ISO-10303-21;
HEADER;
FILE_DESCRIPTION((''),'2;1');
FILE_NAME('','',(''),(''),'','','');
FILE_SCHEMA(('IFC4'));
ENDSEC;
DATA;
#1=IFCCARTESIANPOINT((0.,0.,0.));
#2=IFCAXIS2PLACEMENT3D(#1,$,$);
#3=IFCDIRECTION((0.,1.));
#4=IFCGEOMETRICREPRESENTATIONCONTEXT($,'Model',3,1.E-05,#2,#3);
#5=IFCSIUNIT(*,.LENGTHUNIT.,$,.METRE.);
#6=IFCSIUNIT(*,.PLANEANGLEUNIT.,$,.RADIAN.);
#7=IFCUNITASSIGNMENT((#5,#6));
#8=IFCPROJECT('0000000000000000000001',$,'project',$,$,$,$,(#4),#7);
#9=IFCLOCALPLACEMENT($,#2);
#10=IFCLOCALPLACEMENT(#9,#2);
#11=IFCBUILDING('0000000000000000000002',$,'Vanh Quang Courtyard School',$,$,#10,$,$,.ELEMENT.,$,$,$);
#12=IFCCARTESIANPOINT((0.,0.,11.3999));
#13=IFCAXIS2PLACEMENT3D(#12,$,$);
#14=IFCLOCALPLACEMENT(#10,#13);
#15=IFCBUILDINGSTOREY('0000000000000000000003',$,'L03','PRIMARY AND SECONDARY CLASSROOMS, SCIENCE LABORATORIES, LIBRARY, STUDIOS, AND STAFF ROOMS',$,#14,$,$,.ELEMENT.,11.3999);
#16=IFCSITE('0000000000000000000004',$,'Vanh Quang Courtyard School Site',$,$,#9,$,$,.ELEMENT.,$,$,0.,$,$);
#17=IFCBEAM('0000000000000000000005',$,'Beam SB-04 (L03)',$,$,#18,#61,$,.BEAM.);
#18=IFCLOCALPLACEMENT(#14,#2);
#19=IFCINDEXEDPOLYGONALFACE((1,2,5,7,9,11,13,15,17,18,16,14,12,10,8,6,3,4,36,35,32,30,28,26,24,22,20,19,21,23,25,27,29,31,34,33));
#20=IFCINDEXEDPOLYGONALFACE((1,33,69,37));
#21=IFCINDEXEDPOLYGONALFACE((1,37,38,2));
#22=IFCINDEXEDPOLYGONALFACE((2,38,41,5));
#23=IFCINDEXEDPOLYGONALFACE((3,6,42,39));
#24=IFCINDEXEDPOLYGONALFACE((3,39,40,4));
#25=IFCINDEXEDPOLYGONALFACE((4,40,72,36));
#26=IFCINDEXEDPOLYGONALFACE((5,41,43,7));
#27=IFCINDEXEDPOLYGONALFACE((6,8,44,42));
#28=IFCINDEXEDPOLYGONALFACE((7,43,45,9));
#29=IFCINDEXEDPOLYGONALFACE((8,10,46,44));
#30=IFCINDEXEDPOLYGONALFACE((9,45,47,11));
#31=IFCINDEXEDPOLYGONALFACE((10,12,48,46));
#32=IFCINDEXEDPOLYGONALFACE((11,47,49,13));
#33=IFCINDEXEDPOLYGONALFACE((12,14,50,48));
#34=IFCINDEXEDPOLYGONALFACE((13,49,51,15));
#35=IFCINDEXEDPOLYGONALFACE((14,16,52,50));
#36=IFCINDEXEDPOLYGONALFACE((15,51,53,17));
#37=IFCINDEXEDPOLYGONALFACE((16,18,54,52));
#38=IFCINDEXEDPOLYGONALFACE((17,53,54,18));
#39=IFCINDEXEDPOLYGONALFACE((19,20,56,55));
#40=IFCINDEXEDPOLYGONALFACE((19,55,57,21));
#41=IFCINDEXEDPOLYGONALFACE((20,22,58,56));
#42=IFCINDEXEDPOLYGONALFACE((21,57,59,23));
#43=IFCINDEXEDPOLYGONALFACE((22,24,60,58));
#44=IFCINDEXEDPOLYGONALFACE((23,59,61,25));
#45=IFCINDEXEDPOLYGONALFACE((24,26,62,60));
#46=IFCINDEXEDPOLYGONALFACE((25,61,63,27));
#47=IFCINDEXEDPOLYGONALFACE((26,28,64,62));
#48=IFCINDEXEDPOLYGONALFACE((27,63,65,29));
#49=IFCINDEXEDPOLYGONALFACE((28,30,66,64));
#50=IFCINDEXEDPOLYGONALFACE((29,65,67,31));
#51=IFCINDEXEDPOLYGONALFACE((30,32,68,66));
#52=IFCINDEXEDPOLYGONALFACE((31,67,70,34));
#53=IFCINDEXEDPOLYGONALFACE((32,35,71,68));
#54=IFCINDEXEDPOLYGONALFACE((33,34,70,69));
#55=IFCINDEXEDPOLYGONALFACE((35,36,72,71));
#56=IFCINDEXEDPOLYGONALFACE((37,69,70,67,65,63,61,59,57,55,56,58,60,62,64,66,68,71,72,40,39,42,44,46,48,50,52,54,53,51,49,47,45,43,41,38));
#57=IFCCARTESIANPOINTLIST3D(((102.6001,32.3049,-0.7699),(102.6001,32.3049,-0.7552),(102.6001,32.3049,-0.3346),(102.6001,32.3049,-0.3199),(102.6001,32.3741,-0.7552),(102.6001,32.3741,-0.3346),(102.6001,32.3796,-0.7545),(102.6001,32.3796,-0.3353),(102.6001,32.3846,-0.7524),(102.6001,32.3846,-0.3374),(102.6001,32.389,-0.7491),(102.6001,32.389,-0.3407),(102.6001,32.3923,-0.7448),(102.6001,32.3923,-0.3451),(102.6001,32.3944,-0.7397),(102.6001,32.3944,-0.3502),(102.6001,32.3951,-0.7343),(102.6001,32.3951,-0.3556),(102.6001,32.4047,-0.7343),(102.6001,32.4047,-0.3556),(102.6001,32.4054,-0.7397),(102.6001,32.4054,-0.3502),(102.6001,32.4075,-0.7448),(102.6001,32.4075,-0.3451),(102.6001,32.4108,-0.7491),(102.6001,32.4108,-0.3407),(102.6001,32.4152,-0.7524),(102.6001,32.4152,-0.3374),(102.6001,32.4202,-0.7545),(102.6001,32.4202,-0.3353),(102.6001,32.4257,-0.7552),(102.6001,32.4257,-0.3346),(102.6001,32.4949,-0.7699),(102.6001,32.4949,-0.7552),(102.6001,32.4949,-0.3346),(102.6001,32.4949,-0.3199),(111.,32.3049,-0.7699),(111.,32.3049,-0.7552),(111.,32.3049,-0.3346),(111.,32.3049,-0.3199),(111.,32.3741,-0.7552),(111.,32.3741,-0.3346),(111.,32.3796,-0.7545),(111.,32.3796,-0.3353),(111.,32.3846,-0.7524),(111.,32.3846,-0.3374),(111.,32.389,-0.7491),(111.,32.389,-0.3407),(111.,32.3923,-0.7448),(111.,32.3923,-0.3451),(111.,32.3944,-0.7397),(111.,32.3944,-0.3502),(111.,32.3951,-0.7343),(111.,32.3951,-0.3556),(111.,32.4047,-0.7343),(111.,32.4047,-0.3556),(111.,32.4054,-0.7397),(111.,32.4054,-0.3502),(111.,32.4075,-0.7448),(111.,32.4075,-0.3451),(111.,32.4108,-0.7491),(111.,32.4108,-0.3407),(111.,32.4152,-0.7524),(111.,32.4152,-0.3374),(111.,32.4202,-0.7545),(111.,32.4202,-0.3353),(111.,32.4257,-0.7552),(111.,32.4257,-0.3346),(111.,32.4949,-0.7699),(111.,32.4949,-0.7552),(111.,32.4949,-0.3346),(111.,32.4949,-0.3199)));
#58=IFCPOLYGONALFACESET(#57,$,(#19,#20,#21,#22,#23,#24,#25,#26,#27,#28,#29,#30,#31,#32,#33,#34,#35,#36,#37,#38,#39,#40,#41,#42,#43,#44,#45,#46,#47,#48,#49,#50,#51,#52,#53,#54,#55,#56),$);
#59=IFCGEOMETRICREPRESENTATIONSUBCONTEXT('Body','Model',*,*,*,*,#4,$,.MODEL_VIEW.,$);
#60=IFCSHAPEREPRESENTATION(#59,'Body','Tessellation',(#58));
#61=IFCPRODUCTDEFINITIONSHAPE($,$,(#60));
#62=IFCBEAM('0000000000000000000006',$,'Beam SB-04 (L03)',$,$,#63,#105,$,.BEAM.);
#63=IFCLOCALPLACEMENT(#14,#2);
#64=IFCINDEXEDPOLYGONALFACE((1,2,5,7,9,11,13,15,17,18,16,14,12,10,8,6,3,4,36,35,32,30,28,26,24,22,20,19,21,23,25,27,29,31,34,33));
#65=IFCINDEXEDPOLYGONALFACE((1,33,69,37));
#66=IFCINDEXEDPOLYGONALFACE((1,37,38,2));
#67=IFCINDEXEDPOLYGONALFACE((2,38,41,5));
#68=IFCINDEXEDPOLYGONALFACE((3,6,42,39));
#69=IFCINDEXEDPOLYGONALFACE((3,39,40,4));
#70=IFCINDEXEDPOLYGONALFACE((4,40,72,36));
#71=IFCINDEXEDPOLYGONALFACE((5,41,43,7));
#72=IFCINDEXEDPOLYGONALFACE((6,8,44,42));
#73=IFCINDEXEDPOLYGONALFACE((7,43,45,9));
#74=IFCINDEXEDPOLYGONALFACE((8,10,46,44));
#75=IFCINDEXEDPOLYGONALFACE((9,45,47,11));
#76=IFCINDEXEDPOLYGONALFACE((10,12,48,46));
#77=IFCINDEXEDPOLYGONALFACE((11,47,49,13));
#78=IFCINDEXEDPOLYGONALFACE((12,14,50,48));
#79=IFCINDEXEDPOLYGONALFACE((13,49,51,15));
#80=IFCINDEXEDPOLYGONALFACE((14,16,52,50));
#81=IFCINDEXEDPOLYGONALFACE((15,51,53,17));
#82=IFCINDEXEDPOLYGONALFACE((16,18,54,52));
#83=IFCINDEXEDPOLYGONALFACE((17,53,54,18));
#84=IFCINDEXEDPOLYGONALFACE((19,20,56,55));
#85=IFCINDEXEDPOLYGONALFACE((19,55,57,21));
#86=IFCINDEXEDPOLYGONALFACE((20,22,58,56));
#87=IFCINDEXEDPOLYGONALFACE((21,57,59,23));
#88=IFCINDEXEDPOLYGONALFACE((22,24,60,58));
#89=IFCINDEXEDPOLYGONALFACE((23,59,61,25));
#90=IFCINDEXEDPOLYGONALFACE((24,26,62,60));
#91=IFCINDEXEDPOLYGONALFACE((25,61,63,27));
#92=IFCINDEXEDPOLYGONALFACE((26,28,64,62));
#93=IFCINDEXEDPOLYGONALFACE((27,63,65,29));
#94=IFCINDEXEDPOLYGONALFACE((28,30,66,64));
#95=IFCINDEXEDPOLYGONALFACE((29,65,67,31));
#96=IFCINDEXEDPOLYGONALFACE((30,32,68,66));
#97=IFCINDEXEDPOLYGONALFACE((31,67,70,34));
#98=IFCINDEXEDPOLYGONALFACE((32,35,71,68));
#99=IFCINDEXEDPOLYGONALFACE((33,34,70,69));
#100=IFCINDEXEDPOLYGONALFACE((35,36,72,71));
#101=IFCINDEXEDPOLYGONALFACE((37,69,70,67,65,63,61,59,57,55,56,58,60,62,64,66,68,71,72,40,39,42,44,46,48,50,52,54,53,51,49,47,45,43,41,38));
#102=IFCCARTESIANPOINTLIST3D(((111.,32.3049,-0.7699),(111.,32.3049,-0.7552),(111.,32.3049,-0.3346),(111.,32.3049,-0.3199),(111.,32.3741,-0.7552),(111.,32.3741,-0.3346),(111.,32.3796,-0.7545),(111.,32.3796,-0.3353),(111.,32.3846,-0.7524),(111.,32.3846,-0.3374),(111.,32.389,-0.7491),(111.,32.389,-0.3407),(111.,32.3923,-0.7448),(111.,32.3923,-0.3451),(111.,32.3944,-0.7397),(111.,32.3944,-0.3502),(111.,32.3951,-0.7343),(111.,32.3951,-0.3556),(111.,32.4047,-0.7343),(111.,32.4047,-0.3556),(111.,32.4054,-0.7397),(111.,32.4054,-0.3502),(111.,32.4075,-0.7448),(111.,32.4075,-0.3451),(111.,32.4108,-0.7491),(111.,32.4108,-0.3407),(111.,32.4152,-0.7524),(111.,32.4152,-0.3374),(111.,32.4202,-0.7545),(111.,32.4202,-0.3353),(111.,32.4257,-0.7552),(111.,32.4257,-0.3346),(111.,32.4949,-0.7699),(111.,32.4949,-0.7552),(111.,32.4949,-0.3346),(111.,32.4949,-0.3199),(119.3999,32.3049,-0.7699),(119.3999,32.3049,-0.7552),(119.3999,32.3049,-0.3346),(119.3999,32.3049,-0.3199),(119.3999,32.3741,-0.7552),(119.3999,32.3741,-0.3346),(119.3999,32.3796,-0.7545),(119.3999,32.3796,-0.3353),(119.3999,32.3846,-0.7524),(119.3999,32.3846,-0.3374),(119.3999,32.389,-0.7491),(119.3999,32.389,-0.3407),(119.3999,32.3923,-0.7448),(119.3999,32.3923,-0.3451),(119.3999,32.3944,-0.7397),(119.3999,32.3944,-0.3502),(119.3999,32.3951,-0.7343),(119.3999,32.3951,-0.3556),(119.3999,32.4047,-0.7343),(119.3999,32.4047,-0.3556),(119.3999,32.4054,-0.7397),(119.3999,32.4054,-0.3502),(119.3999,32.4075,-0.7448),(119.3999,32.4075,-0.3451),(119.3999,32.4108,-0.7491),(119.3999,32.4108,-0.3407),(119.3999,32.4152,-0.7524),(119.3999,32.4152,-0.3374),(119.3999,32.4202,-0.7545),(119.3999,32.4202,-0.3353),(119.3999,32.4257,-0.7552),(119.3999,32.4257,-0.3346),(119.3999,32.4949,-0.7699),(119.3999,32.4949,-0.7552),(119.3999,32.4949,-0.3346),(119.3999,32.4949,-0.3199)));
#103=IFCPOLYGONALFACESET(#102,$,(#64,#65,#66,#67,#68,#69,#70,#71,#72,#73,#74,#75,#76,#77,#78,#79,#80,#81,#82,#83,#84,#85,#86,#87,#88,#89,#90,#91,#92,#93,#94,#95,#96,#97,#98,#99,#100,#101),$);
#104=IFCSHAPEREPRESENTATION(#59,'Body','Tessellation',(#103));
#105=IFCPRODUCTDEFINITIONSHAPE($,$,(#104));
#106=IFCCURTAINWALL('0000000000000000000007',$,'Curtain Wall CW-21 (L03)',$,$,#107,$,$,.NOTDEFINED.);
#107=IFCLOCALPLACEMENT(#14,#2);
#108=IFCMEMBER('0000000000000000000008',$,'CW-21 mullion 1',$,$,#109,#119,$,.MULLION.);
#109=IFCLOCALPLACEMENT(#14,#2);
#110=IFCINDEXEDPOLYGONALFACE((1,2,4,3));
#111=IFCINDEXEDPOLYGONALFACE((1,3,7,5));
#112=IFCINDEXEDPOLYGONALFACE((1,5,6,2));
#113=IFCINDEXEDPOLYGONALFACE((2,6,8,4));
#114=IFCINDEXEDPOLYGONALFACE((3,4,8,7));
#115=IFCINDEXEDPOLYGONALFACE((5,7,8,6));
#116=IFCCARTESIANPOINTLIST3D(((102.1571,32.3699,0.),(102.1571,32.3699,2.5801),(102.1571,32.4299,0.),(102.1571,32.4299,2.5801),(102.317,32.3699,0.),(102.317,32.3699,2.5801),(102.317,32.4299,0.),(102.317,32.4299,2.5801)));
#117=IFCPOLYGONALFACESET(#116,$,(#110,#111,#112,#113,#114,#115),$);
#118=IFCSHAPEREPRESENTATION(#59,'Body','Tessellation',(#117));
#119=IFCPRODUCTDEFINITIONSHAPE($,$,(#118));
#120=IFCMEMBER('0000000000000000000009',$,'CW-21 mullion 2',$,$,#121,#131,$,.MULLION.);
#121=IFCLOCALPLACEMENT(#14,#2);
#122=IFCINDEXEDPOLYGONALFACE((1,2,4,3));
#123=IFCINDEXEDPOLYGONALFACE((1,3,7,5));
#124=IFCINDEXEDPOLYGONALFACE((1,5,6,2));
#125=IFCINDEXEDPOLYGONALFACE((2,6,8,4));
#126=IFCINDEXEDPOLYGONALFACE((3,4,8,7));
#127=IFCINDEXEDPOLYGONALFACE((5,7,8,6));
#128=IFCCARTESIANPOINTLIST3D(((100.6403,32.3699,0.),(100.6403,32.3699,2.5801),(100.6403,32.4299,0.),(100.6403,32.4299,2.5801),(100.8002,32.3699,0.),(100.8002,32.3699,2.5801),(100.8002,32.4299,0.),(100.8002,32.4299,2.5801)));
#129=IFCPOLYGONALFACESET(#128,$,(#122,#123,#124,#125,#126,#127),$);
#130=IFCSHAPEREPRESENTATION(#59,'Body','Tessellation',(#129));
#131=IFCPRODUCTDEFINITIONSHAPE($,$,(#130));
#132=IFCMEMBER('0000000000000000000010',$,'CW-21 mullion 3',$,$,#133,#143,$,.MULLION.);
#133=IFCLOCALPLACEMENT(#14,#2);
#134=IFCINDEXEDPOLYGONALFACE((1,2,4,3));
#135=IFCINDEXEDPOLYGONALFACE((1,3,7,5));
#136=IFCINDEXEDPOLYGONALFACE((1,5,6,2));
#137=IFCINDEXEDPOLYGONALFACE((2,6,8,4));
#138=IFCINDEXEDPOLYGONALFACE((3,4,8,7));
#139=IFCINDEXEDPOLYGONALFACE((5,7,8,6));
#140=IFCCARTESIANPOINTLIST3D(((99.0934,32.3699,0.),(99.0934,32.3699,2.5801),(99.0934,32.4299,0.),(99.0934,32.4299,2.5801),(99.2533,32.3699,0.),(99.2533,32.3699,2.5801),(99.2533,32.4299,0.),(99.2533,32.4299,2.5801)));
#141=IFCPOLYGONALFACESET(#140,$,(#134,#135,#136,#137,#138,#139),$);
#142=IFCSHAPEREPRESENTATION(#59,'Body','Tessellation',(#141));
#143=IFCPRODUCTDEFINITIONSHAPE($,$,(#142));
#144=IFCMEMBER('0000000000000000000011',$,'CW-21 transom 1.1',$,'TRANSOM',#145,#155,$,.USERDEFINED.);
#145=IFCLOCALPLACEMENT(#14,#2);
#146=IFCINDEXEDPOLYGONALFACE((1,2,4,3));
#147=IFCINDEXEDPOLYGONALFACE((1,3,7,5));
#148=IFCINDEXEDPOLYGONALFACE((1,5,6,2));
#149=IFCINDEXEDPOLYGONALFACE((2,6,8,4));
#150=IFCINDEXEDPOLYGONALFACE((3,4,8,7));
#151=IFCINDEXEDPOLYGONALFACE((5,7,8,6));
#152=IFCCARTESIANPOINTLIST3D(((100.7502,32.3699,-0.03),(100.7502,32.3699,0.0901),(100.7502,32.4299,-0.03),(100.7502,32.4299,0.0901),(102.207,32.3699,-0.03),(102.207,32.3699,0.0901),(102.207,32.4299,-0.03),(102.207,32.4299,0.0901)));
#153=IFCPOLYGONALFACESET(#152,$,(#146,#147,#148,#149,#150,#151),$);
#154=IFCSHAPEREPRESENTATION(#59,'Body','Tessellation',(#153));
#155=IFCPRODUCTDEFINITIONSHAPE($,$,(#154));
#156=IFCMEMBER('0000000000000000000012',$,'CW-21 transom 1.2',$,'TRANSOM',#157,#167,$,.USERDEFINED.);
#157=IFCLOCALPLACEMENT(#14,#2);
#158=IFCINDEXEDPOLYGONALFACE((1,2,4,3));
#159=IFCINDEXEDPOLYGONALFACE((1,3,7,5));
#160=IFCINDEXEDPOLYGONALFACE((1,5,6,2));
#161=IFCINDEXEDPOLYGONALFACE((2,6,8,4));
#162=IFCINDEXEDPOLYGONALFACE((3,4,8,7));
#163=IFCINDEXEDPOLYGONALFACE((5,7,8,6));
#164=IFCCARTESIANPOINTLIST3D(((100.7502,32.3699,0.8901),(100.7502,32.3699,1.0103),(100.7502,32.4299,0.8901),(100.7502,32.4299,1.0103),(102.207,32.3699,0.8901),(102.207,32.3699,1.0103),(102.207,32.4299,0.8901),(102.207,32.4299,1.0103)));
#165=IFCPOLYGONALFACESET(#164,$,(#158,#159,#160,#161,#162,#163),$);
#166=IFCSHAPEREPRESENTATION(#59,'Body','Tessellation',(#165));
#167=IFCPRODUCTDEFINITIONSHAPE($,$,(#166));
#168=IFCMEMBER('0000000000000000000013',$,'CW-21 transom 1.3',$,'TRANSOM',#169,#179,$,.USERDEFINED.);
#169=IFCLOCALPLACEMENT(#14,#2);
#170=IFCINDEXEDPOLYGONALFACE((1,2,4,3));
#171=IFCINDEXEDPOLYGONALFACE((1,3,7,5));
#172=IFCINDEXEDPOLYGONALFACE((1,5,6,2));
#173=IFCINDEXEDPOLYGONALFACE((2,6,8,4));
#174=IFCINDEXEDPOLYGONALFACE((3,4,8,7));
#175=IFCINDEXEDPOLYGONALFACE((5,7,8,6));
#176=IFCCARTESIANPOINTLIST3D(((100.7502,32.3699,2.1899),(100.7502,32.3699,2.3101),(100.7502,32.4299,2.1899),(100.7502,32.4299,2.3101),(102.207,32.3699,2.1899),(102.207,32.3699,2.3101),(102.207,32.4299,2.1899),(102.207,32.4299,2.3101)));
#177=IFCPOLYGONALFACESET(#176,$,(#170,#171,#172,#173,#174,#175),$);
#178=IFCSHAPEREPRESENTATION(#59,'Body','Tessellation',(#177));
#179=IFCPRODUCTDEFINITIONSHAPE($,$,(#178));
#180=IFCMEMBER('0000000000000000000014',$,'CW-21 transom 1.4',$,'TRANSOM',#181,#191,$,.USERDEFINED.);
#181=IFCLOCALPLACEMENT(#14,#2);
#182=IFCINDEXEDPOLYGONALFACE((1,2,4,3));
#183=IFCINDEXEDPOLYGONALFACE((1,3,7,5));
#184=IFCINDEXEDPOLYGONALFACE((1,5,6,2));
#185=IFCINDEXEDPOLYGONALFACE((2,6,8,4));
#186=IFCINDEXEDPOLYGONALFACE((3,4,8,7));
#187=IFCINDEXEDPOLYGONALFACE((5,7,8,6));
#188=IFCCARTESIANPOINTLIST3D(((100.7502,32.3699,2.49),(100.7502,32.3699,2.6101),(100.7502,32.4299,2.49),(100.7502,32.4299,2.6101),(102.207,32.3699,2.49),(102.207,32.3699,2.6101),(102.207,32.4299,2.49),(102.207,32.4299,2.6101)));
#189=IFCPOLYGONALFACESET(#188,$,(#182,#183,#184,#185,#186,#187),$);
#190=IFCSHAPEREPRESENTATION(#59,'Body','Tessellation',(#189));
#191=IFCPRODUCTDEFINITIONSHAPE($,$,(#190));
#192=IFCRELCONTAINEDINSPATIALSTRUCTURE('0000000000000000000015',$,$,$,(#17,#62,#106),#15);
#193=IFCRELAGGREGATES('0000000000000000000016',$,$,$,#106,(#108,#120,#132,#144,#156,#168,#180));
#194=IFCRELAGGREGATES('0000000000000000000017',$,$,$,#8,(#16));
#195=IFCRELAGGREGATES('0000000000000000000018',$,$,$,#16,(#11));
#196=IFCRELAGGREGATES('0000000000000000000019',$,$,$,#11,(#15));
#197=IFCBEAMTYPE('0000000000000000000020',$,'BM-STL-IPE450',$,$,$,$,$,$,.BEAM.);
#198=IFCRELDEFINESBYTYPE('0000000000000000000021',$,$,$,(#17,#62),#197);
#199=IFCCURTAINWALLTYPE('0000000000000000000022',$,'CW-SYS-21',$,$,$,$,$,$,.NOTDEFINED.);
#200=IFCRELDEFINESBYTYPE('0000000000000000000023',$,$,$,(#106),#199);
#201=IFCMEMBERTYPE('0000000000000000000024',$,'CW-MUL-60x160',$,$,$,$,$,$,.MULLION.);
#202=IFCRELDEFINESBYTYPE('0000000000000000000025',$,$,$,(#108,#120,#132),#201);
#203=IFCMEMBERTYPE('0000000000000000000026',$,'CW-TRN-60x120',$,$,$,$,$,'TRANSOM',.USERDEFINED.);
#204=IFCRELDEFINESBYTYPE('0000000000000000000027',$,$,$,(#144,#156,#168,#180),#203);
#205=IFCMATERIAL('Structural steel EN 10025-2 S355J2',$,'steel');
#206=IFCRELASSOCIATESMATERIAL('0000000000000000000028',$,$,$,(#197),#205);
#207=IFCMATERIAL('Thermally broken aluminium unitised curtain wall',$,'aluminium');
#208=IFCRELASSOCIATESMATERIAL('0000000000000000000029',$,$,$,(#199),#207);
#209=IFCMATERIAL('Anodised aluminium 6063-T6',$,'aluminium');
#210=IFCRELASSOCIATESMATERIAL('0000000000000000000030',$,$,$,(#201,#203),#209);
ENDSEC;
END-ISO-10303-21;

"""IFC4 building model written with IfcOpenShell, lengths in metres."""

from ifc_helpers import new_model, si_unit, direction, frame, origin, origin_2d, place, context, subcontext, project, spatial, rectangle, i_section, extrude, material, material_profile, profile_set, type_object, element, aggregate, save


model = new_model("IFC4")

# Units and contexts
model_context = context("Model", 3, precision=1e-05, world=origin(), true_north=direction((0.0, 1.0)))
body_context = subcontext(model_context, "Body", "Model", "MODEL_VIEW")
ifc_project = project(units=[si_unit("LENGTHUNIT", "METRE"), si_unit("PLANEANGLEUNIT", "RADIAN")], contexts=[model_context])

# Site, building, storey
site_placement = place(None, origin())
site = spatial("IfcSite", under=ifc_project, at=site_placement, Name="Vanh Quang Courtyard School Site", CompositionType="ELEMENT", RefElevation=0.0)
building_placement = place(site_placement, origin())
building = spatial("IfcBuilding", under=site, at=building_placement, Name="Vanh Quang Courtyard School", CompositionType="ELEMENT")
storey_placement = place(building_placement, frame((0.0, 0.0, 11.3999)))
storey = spatial("IfcBuildingStorey", under=building, at=storey_placement, Name="L03", Description="PRIMARY AND SECONDARY CLASSROOMS, SCIENCE LABORATORIES, LIBRARY, STUDIOS, AND STAFF ROOMS", CompositionType="ELEMENT", Elevation=11.3999)

# Beams
ifc_material_1 = material(Name="Structural steel EN 10025-2 S355J2", Category="steel")
ifc_material_profile_1 = material_profile(ifc_material_1, i_section(OverallWidth=0.1899, OverallDepth=0.45, WebThickness=0.0095, FlangeThickness=0.0146, FilletRadius=0.021, at=origin_2d()), Name="IPE 450")
ifc_profile_set_1 = profile_set([ifc_material_profile_1], Name="Structural steel EN 10025-2 S355J2")
beam_type_1 = type_object("IfcBeamType", Name="BM-STL-IPE450", PredefinedType="BEAM", material=ifc_profile_set_1)
for number, where, z_axis, x_axis, name in (
    (1, (102.6001, 32.3999, -0.5449), (1.0, 0.0, 0.0), (0.0, 1.0, 0.0), "Beam SB-04 (L03)"),
    (2, (111.0, 32.3999, -0.5449), (1.0, 0.0, 0.0), (0.0, 1.0, 0.0), "Beam SB-04 (L03)"),
):
    element("IfcBeam", number, at=place(storey_placement, frame(where, z_axis=z_axis, x_axis=x_axis)), inside=storey, type_object=beam_type_1, Name=name, PredefinedType="BEAM", context=body_context, shape_type="SweptSolid", body=[
        extrude(i_section(OverallWidth=0.1899, OverallDepth=0.45, WebThickness=0.0095, FlangeThickness=0.0146, FilletRadius=0.021, at=origin_2d()), origin(), (0.0, 0.0, 1.0), 8.3999),
    ])

# Curtain wall, members
ifc_material_2 = material(Name="Thermally broken aluminium unitised curtain wall", Category="aluminium")
curtain_wall_type = type_object("IfcCurtainWallType", Name="CW-SYS-21", PredefinedType="NOTDEFINED", material=ifc_material_2)
curtain_wall_placement = place(storey_placement, origin())
curtain_wall = element("IfcCurtainWall", 3, at=curtain_wall_placement, inside=storey, type_object=curtain_wall_type, Name="Curtain Wall CW-21 (L03)", PredefinedType="NOTDEFINED")
ifc_material_3 = material(Name="Anodised aluminium 6063-T6", Category="aluminium")
ifc_material_profile_2 = material_profile(ifc_material_3, rectangle(XDim=0.0601, YDim=0.1599, at=origin_2d()), Name="ALU-MUL 60x160")
ifc_profile_set_2 = profile_set([ifc_material_profile_2], Name="Anodised aluminium 6063-T6")
member_type_1 = type_object("IfcMemberType", Name="CW-MUL-60x160", PredefinedType="MULLION", material=ifc_profile_set_2)
member_1_placement = place(storey_placement, frame((102.2371, 32.3999, 0.0), z_axis=(0.0, 0.0, 1.0), x_axis=(0.0, -1.0, 0.0)))
member_1 = element("IfcMember", 4, at=member_1_placement, type_object=member_type_1, Name="CW-21 mullion 1", PredefinedType="MULLION", context=body_context, shape_type="SweptSolid", body=[
    extrude(rectangle(XDim=0.0601, YDim=0.1599, at=origin_2d()), origin(), (0.0, 0.0, 1.0), 2.5801),
])
member_2_placement = place(storey_placement, frame((100.7202, 32.3999, 0.0), z_axis=(0.0, 0.0, 1.0), x_axis=(0.0, -1.0, 0.0)))
member_2 = element("IfcMember", 5, at=member_2_placement, type_object=member_type_1, Name="CW-21 mullion 2", PredefinedType="MULLION", context=body_context, shape_type="SweptSolid", body=[
    extrude(rectangle(XDim=0.0601, YDim=0.1599, at=origin_2d()), origin(), (0.0, 0.0, 1.0), 2.5801),
])
member_3_placement = place(storey_placement, frame((99.1733, 32.3999, 0.0), z_axis=(0.0, 0.0, 1.0), x_axis=(0.0, -1.0, 0.0)))
member_3 = element("IfcMember", 6, at=member_3_placement, type_object=member_type_1, Name="CW-21 mullion 3", PredefinedType="MULLION", context=body_context, shape_type="SweptSolid", body=[
    extrude(rectangle(XDim=0.0601, YDim=0.1599, at=origin_2d()), origin(), (0.0, 0.0, 1.0), 2.5801),
])
ifc_material_profile_3 = material_profile(ifc_material_3, rectangle(XDim=0.0601, YDim=0.1201, at=origin_2d()), Name="ALU-TRN 60x120")
ifc_profile_set_3 = profile_set([ifc_material_profile_3], Name="Anodised aluminium 6063-T6")
member_type_2 = type_object("IfcMemberType", Name="CW-TRN-60x120", ElementType="TRANSOM", PredefinedType="USERDEFINED", material=ifc_profile_set_3)
member_4_placement = place(storey_placement, frame((102.207, 32.3999, 0.03), z_axis=(-1.0, 0.0, 0.0), x_axis=(0.0, -1.0, 0.0)))
member_4 = element("IfcMember", 7, at=member_4_placement, type_object=member_type_2, Name="CW-21 transom 1.1", ObjectType="TRANSOM", PredefinedType="USERDEFINED", context=body_context, shape_type="SweptSolid", body=[
    extrude(rectangle(XDim=0.0601, YDim=0.1201, at=origin_2d()), origin(), (0.0, 0.0, 1.0), 1.4568),
])
member_5_placement = place(storey_placement, frame((102.207, 32.3999, 0.9502), z_axis=(-1.0, 0.0, 0.0), x_axis=(0.0, -1.0, 0.0)))
member_5 = element("IfcMember", 8, at=member_5_placement, type_object=member_type_2, Name="CW-21 transom 1.2", ObjectType="TRANSOM", PredefinedType="USERDEFINED", context=body_context, shape_type="SweptSolid", body=[
    extrude(rectangle(XDim=0.0601, YDim=0.1201, at=origin_2d()), origin(), (0.0, 0.0, 1.0), 1.4568),
])
member_6_placement = place(storey_placement, frame((102.207, 32.3999, 2.25), z_axis=(-1.0, 0.0, 0.0), x_axis=(0.0, -1.0, 0.0)))
member_6 = element("IfcMember", 9, at=member_6_placement, type_object=member_type_2, Name="CW-21 transom 1.3", ObjectType="TRANSOM", PredefinedType="USERDEFINED", context=body_context, shape_type="SweptSolid", body=[
    extrude(rectangle(XDim=0.0601, YDim=0.1201, at=origin_2d()), origin(), (0.0, 0.0, 1.0), 1.4568),
])
member_7_placement = place(storey_placement, frame((102.207, 32.3999, 2.55), z_axis=(-1.0, 0.0, 0.0), x_axis=(0.0, -1.0, 0.0)))
member_7 = element("IfcMember", 10, at=member_7_placement, type_object=member_type_2, Name="CW-21 transom 1.4", ObjectType="TRANSOM", PredefinedType="USERDEFINED", context=body_context, shape_type="SweptSolid", body=[
    extrude(rectangle(XDim=0.0601, YDim=0.1201, at=origin_2d()), origin(), (0.0, 0.0, 1.0), 1.4568),
])
aggregate(curtain_wall, [member_1, member_2, member_3, member_4, member_5, member_6, member_7])

save(model, "model.ifc")
